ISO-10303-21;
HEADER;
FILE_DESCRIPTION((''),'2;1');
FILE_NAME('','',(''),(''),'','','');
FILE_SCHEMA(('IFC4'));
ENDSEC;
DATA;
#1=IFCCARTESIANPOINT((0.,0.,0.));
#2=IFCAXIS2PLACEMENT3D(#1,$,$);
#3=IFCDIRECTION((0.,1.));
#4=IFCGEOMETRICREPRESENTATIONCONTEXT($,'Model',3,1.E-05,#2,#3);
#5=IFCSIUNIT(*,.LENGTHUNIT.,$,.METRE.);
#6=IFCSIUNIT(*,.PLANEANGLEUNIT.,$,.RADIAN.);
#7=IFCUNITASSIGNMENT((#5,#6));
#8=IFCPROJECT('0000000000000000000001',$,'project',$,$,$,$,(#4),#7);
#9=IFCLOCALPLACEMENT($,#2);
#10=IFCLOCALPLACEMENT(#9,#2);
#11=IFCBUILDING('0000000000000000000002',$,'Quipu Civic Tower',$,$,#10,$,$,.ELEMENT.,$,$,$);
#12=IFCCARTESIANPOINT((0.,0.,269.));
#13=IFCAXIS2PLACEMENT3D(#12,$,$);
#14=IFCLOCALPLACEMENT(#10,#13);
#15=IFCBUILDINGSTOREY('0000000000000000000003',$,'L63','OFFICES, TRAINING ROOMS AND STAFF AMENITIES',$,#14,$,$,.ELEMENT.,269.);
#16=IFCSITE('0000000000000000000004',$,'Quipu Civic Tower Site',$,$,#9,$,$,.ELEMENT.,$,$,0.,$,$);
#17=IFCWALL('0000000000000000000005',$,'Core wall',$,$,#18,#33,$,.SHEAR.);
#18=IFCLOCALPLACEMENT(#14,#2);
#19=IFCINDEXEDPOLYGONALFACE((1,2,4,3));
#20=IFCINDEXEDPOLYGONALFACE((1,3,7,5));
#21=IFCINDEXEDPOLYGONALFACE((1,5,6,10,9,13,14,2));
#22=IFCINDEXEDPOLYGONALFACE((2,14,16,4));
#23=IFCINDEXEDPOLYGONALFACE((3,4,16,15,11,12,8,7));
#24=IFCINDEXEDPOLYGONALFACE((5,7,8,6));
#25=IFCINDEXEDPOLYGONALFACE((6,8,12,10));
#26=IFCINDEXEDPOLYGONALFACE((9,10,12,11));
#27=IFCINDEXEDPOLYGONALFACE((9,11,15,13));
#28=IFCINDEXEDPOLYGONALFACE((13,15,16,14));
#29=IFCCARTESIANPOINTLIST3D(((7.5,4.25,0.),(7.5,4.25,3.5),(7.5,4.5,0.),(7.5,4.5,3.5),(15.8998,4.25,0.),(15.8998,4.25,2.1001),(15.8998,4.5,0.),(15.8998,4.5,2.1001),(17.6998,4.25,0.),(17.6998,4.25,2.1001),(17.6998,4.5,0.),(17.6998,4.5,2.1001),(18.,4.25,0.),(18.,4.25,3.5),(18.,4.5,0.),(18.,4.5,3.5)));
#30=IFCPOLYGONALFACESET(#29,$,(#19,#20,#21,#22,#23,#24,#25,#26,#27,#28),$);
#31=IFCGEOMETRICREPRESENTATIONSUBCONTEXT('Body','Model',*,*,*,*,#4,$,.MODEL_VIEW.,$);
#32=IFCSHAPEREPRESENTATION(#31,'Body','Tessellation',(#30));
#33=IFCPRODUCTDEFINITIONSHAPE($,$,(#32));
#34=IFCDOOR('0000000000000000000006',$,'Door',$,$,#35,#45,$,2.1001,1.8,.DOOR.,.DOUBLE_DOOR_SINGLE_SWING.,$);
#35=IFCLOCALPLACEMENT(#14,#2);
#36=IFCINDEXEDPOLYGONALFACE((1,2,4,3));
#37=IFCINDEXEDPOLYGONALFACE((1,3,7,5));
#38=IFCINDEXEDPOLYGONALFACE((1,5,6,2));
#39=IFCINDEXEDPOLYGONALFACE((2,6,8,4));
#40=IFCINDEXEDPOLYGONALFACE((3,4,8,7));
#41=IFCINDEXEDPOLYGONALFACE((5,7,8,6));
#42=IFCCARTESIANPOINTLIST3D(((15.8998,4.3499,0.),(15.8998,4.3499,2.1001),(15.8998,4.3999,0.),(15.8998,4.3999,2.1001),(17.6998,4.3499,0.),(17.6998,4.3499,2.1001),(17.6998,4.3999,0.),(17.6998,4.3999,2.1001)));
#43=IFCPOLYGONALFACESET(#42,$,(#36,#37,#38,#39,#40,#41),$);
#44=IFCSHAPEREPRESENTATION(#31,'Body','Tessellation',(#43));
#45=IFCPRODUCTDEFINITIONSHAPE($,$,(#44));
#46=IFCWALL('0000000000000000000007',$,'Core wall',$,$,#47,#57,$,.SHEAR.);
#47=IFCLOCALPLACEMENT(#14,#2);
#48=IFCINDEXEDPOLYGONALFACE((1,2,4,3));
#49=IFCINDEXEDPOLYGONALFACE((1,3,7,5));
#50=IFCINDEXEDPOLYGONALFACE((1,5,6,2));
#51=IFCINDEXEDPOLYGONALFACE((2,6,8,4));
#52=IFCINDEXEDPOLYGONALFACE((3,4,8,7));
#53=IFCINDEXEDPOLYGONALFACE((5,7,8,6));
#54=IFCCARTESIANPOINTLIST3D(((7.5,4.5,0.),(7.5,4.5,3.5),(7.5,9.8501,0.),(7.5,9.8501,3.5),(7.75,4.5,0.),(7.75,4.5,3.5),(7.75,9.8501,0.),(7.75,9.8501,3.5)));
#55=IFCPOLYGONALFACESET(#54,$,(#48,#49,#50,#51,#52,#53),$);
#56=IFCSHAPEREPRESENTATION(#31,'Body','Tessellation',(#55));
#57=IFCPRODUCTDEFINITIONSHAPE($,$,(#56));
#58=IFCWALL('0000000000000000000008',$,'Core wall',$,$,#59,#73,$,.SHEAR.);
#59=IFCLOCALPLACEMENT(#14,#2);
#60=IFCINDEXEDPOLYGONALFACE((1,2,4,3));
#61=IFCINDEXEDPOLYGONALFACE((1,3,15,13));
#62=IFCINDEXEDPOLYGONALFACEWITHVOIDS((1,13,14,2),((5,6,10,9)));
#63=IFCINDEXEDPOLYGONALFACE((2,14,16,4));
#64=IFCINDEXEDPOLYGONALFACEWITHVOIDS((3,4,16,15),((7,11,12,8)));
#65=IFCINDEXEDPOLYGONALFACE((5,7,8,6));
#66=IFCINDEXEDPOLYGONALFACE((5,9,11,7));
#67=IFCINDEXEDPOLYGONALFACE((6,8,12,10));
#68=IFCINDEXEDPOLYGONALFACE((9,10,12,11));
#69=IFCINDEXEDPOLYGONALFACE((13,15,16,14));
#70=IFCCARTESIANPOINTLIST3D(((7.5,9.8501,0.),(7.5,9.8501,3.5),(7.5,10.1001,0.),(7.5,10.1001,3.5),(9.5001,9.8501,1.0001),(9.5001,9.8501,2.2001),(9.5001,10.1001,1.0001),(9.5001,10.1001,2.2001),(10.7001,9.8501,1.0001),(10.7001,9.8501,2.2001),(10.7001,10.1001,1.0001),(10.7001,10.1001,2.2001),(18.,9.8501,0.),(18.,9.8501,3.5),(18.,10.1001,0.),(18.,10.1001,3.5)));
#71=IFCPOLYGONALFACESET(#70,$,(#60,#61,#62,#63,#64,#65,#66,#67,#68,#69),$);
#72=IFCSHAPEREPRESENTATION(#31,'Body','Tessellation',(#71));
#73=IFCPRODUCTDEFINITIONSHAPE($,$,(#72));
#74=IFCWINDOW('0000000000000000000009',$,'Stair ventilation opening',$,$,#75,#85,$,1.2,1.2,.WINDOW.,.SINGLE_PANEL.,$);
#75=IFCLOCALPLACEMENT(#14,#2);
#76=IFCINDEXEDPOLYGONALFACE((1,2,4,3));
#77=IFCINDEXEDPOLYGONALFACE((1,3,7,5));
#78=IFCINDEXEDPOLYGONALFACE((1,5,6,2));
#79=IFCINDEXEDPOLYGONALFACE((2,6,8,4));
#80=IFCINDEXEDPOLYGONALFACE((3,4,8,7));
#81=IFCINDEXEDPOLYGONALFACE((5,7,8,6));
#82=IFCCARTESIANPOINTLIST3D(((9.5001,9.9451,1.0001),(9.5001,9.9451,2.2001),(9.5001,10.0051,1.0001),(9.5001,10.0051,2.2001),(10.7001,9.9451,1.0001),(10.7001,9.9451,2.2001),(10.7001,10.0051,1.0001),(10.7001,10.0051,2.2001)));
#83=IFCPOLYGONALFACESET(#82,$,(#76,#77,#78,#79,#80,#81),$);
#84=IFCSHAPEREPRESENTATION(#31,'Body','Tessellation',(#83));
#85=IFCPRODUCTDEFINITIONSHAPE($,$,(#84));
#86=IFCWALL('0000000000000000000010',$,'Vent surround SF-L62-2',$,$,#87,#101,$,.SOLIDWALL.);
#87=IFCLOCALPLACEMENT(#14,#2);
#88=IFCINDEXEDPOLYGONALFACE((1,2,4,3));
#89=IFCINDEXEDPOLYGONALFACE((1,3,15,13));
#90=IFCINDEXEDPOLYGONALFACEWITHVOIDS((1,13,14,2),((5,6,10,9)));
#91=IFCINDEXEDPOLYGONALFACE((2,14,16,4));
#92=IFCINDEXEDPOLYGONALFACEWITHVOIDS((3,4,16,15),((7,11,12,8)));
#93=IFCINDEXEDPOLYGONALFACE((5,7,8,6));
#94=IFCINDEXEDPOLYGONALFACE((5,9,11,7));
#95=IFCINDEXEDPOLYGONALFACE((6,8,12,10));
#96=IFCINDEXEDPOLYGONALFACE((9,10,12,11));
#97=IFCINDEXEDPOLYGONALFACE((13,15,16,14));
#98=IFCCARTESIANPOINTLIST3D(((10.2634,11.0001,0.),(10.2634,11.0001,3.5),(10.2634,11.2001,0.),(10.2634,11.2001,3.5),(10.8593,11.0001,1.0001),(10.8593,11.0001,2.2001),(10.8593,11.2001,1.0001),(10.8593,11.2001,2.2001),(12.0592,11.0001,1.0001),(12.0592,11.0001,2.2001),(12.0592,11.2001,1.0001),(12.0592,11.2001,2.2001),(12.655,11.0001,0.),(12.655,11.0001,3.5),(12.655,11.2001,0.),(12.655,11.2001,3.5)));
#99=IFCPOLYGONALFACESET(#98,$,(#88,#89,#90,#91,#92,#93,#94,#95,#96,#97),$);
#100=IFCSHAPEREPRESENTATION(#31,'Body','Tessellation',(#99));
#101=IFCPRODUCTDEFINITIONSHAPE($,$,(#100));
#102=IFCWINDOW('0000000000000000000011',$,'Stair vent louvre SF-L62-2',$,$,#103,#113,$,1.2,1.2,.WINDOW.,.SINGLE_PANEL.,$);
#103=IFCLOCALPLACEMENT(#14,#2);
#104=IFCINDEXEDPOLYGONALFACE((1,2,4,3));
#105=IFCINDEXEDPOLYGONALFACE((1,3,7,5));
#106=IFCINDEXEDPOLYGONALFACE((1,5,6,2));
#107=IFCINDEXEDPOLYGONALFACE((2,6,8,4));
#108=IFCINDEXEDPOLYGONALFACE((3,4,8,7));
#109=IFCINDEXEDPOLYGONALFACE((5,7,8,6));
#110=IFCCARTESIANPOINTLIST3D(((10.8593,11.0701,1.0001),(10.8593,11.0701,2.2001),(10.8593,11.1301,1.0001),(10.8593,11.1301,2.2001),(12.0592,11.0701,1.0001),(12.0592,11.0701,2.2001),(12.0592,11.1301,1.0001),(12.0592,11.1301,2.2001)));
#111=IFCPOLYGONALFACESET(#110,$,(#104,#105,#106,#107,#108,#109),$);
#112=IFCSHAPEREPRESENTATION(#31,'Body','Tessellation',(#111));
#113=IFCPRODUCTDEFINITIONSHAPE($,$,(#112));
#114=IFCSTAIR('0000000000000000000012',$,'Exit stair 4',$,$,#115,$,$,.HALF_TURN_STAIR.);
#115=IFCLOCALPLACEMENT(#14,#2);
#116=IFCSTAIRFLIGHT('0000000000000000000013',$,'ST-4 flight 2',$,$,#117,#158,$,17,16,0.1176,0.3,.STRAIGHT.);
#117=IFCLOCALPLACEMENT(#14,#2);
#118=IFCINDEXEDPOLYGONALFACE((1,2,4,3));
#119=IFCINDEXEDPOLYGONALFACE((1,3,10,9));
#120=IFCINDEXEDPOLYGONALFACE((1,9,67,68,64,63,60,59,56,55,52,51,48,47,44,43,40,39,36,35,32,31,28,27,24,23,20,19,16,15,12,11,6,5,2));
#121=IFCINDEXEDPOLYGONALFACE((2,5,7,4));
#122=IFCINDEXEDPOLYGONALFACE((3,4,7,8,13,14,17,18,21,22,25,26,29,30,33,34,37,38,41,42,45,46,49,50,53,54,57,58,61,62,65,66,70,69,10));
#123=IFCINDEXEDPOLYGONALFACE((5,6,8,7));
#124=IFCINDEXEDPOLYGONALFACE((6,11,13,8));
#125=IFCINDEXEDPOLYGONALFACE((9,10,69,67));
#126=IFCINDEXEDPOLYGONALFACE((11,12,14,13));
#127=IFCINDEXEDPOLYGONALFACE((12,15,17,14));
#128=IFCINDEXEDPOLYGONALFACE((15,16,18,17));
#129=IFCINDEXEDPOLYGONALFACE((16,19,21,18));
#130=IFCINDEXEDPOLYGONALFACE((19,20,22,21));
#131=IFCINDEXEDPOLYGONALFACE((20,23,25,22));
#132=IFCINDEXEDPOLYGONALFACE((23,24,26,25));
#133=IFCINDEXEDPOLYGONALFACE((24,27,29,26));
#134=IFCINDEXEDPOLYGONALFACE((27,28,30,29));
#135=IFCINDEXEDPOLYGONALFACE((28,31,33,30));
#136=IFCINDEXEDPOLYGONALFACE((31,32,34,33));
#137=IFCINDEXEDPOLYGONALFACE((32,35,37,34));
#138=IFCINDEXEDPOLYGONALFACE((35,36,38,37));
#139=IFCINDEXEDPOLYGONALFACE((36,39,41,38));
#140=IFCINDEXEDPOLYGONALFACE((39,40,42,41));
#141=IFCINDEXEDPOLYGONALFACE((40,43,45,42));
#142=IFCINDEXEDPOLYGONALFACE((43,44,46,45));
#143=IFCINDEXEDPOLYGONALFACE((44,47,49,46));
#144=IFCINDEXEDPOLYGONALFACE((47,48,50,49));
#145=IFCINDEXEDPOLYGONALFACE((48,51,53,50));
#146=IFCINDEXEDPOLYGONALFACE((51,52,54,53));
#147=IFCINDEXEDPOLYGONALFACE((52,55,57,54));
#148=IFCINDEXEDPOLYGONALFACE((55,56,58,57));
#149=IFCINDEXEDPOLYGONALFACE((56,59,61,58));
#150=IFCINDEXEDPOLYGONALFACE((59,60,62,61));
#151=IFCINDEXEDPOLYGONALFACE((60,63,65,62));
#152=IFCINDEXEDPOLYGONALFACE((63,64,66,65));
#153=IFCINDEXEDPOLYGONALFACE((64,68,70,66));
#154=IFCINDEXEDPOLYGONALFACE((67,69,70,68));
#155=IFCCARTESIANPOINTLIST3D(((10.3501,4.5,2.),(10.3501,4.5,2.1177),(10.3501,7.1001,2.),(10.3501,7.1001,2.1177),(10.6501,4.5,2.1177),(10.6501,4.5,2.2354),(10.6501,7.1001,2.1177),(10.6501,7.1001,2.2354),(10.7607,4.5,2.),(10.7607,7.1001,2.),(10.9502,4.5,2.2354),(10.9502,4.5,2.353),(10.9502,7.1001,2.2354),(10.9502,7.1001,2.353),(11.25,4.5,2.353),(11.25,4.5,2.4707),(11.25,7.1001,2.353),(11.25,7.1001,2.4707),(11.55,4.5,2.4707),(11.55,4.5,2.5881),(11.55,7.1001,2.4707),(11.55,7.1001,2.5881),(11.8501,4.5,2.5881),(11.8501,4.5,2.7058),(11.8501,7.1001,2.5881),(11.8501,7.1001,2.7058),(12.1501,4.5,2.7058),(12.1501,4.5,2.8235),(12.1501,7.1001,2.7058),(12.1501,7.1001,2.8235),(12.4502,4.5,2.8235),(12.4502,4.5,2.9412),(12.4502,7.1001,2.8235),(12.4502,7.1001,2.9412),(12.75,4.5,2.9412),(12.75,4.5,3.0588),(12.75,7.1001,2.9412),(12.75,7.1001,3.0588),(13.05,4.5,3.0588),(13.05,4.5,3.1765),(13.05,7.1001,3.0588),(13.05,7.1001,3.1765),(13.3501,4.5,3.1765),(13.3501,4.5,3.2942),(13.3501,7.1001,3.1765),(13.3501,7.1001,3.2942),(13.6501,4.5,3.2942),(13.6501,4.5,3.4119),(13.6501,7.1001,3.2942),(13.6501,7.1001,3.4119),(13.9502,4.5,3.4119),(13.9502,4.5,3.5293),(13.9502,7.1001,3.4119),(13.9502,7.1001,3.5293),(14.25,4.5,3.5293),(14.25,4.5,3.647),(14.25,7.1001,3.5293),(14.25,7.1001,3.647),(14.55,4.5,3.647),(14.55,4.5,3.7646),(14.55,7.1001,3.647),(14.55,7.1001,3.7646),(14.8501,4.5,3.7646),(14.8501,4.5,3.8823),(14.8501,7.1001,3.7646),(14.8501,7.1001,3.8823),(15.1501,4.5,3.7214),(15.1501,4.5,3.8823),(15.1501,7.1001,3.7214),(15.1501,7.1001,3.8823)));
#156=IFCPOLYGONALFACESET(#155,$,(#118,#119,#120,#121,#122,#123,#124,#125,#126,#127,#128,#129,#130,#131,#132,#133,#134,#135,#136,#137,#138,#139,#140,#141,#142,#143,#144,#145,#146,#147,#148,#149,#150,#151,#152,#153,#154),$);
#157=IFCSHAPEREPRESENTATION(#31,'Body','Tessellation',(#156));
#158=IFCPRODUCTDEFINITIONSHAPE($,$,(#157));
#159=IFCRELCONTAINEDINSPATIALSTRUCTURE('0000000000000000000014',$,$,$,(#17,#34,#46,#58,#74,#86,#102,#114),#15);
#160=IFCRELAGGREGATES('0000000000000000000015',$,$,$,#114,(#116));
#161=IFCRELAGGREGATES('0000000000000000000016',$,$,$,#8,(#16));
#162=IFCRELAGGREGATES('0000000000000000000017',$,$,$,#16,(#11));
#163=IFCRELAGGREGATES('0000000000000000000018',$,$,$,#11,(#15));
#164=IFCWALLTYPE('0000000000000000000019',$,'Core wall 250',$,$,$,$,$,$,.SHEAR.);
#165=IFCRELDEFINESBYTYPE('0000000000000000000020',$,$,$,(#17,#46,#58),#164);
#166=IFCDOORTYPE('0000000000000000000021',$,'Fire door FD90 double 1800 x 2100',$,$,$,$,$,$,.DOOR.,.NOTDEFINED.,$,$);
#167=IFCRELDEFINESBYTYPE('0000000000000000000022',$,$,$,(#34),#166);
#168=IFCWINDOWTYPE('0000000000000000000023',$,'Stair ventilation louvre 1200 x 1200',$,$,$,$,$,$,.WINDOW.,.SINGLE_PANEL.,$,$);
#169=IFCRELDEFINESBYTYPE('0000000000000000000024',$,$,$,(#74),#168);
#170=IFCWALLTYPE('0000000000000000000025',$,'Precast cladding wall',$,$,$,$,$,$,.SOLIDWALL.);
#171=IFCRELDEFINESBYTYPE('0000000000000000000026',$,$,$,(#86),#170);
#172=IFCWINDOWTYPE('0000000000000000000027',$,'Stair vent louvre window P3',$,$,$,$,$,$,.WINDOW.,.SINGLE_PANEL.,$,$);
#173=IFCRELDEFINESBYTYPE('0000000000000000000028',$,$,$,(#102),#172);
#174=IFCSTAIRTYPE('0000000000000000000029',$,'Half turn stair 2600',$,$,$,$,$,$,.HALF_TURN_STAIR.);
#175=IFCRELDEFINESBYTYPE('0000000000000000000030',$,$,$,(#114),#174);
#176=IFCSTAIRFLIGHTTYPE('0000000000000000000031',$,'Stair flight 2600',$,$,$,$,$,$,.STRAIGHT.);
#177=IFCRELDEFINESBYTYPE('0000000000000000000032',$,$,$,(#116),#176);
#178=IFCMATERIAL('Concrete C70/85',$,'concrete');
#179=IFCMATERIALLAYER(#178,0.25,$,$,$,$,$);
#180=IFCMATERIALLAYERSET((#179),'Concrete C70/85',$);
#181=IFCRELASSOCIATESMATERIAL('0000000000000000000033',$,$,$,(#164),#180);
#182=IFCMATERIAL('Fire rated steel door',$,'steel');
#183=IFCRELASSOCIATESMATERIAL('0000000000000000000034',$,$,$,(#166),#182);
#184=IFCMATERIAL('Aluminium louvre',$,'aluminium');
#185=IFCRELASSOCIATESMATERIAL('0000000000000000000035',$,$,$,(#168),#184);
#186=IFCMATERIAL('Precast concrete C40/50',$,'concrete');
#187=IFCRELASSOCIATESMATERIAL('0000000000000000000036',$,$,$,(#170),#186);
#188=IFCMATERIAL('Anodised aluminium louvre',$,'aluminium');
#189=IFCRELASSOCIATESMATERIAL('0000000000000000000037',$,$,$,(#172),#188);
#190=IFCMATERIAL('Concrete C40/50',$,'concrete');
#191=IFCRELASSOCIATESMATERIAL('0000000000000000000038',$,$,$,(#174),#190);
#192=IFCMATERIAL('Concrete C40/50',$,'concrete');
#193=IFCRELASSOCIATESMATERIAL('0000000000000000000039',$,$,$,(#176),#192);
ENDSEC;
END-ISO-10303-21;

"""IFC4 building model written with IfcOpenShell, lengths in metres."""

from ifc_helpers import new_model, si_unit, direction, frame, frame_2d, origin, place, context, subcontext, project, spatial, polyline, rectangle, outline, extrude, material, layer, layer_set, type_object, element, fill, aggregate, save


model = new_model("IFC4")

# Units and contexts
model_context = context("Model", 3, precision=1e-05, world=origin(), true_north=direction((0.0, 1.0)))
body_context = subcontext(model_context, "Body", "Model", "MODEL_VIEW")
ifc_project = project(units=[si_unit("LENGTHUNIT", "METRE"), si_unit("PLANEANGLEUNIT", "RADIAN")], contexts=[model_context])

# Site, building, storey
site_placement = place(None, origin())
site = spatial("IfcSite", under=ifc_project, at=site_placement, Name="Quipu Civic Tower Site", CompositionType="ELEMENT", RefElevation=0.0)
building_placement = place(site_placement, origin())
building = spatial("IfcBuilding", under=site, at=building_placement, Name="Quipu Civic Tower", CompositionType="ELEMENT")
storey_placement = place(building_placement, frame((0.0, 0.0, 269.0)))
storey = spatial("IfcBuildingStorey", under=building, at=storey_placement, Name="L63", Description="OFFICES, TRAINING ROOMS AND STAFF AMENITIES", CompositionType="ELEMENT", Elevation=269.0)

# Wall, opening, door
ifc_material_1 = material(Name="Concrete C70/85", Category="concrete")
ifc_layer_1 = layer(ifc_material_1, 0.25)
ifc_layer_set_1 = layer_set([ifc_layer_1], Name="Concrete C70/85")
wall_type_1 = type_object("IfcWallType", Name="Core wall 250", PredefinedType="SHEAR", material=ifc_layer_set_1)
wall_1_placement = place(storey_placement, frame((7.5, 4.375, 0.0), z_axis=(0.0, 0.0, 1.0), x_axis=(1.0, 0.0, 0.0)))
wall_1 = element("IfcWall", 1, at=wall_1_placement, inside=storey, type_object=wall_type_1, Name="Core wall", PredefinedType="SHEAR", context=body_context, shape_type="SweptSolid", body=[
    extrude(rectangle(XDim=10.5, YDim=0.25, at=frame_2d((5.25, 0.0))), origin(), (0.0, 0.0, 1.0), 3.5),
])
opening_1_placement = place(wall_1_placement, frame((8.3999, 0.0, 0.0)))
opening_1 = element("IfcOpeningElement", 2, at=opening_1_placement, cuts=wall_1, PredefinedType="OPENING", context=body_context, shape_type="SweptSolid", body=[
    extrude(rectangle(XDim=1.8, YDim=2.1001, at=frame_2d((0.8999, 1.05))), frame((0.0, 0.135, 0.0), z_axis=(0.0, -1.0, 0.0), x_axis=(1.0, 0.0, 0.0)), (0.0, 0.0, 1.0), 0.27),
])
ifc_material_2 = material(Name="Fire rated steel door", Category="steel")
door_type = type_object("IfcDoorType", Name="Fire door FD90 double 1800 x 2100", OperationType="NOTDEFINED", PredefinedType="DOOR", material=ifc_material_2)
door_placement = place(opening_1_placement, origin())
door = element("IfcDoor", 3, at=door_placement, inside=storey, type_object=door_type, Name="Door", OperationType="DOUBLE_DOOR_SINGLE_SWING", OverallHeight=2.1001, OverallWidth=1.8, PredefinedType="DOOR", context=body_context, shape_type="SweptSolid", body=[
    extrude(rectangle(XDim=1.8, YDim=2.1001, at=frame_2d((0.8999, 1.05))), frame((0.0, 0.0249, 0.0), z_axis=(0.0, -1.0, 0.0), x_axis=(1.0, 0.0, 0.0)), (0.0, 0.0, 1.0), 0.05),
])
fill(opening_1, door)

# Wall
wall_2_placement = place(storey_placement, frame((7.625, 4.5, 0.0), z_axis=(0.0, 0.0, 1.0), x_axis=(0.0, 1.0, 0.0)))
element("IfcWall", 4, at=wall_2_placement, inside=storey, type_object=wall_type_1, Name="Core wall", PredefinedType="SHEAR", context=body_context, shape_type="SweptSolid", body=[
    extrude(rectangle(XDim=5.3501, YDim=0.25, at=frame_2d((2.675, 0.0))), origin(), (0.0, 0.0, 1.0), 3.5),
])

# Walls, openings, windows
wall_3_placement = place(storey_placement, frame((7.5, 9.9751, 0.0), z_axis=(0.0, 0.0, 1.0), x_axis=(1.0, 0.0, 0.0)))
wall_3 = element("IfcWall", 5, at=wall_3_placement, inside=storey, type_object=wall_type_1, Name="Core wall", PredefinedType="SHEAR", context=body_context, shape_type="SweptSolid", body=[
    extrude(rectangle(XDim=10.5, YDim=0.25, at=frame_2d((5.25, 0.0))), origin(), (0.0, 0.0, 1.0), 3.5),
])
opening_2_placement = place(wall_3_placement, frame((2.0, 0.0, 1.0)))
opening_2 = element("IfcOpeningElement", 6, at=opening_2_placement, cuts=wall_3, PredefinedType="OPENING", context=body_context, shape_type="SweptSolid", body=[
    extrude(rectangle(XDim=1.2, YDim=1.2, at=frame_2d((0.6001, 0.6001))), frame((0.0, 0.135, 0.0), z_axis=(0.0, -1.0, 0.0), x_axis=(1.0, 0.0, 0.0)), (0.0, 0.0, 1.0), 0.27),
])
ifc_material_3 = material(Name="Aluminium louvre", Category="aluminium")
window_type_1 = type_object("IfcWindowType", Name="Stair ventilation louvre 1200 x 1200", PartitioningType="SINGLE_PANEL", PredefinedType="WINDOW", material=ifc_material_3)
window_1_placement = place(opening_2_placement, origin())
window_1 = element("IfcWindow", 7, at=window_1_placement, inside=storey, type_object=window_type_1, Name="Stair ventilation opening", OverallHeight=1.2, OverallWidth=1.2, PartitioningType="SINGLE_PANEL", PredefinedType="WINDOW", context=body_context, shape_type="SweptSolid", body=[
    extrude(rectangle(XDim=1.2, YDim=1.2, at=frame_2d((0.6001, 0.6001))), frame((0.0, 0.03, 0.0), z_axis=(0.0, -1.0, 0.0), x_axis=(1.0, 0.0, 0.0)), (0.0, 0.0, 1.0), 0.0601),
])
fill(opening_2, window_1)
ifc_material_4 = material(Name="Precast concrete C40/50", Category="concrete")
wall_type_2 = type_object("IfcWallType", Name="Precast cladding wall", PredefinedType="SOLIDWALL", material=ifc_material_4)
wall_4_placement = place(storey_placement, frame((12.655, 11.1001, 0.0), z_axis=(0.0, 0.0, 1.0), x_axis=(-1.0, 0.0, 0.0)))
wall_4 = element("IfcWall", 8, at=wall_4_placement, inside=storey, type_object=wall_type_2, Name="Vent surround SF-L62-2", PredefinedType="SOLIDWALL", context=body_context, shape_type="SweptSolid", body=[
    extrude(rectangle(XDim=2.3916, YDim=0.2, at=frame_2d((1.1958, 0.0))), origin(), (0.0, 0.0, 1.0), 3.5),
])
opening_3_placement = place(wall_4_placement, frame((0.5957, 0.0, 1.0)))
opening_3 = element("IfcOpeningElement", 9, at=opening_3_placement, cuts=wall_4, PredefinedType="OPENING", context=body_context, shape_type="SweptSolid", body=[
    extrude(rectangle(XDim=1.2, YDim=1.2, at=frame_2d((0.6001, 0.6001))), frame((0.0, 0.1099, 0.0), z_axis=(0.0, -1.0, 0.0), x_axis=(1.0, 0.0, 0.0)), (0.0, 0.0, 1.0), 0.22),
])
ifc_material_5 = material(Name="Anodised aluminium louvre", Category="aluminium")
window_type_2 = type_object("IfcWindowType", Name="Stair vent louvre window P3", PartitioningType="SINGLE_PANEL", PredefinedType="WINDOW", material=ifc_material_5)
window_2_placement = place(opening_3_placement, origin())
window_2 = element("IfcWindow", 10, at=window_2_placement, inside=storey, type_object=window_type_2, Name="Stair vent louvre SF-L62-2", OverallHeight=1.2, OverallWidth=1.2, PartitioningType="SINGLE_PANEL", PredefinedType="WINDOW", context=body_context, shape_type="SweptSolid", body=[
    extrude(rectangle(XDim=1.2, YDim=1.2, at=frame_2d((0.6001, 0.6001))), frame((0.0, 0.03, 0.0), z_axis=(0.0, -1.0, 0.0), x_axis=(1.0, 0.0, 0.0)), (0.0, 0.0, 1.0), 0.0601),
])
fill(opening_3, window_2)

# Stair, stair flight
ifc_material_6 = material(Name="Concrete C40/50", Category="concrete")
stair_type = type_object("IfcStairType", Name="Half turn stair 2600", PredefinedType="HALF_TURN_STAIR", material=ifc_material_6)
stair_placement = place(storey_placement, origin())
stair = element("IfcStair", 11, at=stair_placement, inside=storey, type_object=stair_type, Name="Exit stair 4", PredefinedType="HALF_TURN_STAIR")
ifc_material_7 = material(Name="Concrete C40/50", Category="concrete")
stair_flight_type = type_object("IfcStairFlightType", Name="Stair flight 2600", PredefinedType="STRAIGHT", material=ifc_material_7)
stair_flight_placement = place(storey_placement, frame((10.3501, 5.8, 2.0), z_axis=(0.0, 0.0, 1.0), x_axis=(1.0, 0.0, 0.0)))
stair_flight = element("IfcStairFlight", 12, at=stair_flight_placement, type_object=stair_flight_type, Name="ST-4 flight 2", NumberOfRisers=17, NumberOfTreads=16, PredefinedType="STRAIGHT", RiserHeight=0.1176, TreadLength=0.3, context=body_context, shape_type="SweptSolid", body=[
    extrude(outline(polyline([(0.0, 0.0), (0.0, 0.1177), (0.3, 0.1177), (0.3, 0.2354), (0.6001, 0.2354), (0.6001, 0.353), (0.8999, 0.353), (0.8999, 0.4707), (1.2, 0.4707), (1.2, 0.5881), (1.5, 0.5881), (1.5, 0.7058), (1.8, 0.7058), (1.8, 0.8235), (2.1001, 0.8235), (2.1001, 0.9412), (2.3999, 0.9412), (2.3999, 1.0588), (2.7, 1.0588), (2.7, 1.1765), (3.0, 1.1765), (3.0, 1.2942), (3.3, 1.2942), (3.3, 1.4119), (3.6001, 1.4119), (3.6001, 1.5293), (3.8999, 1.5293), (3.8999, 1.647), (4.2, 1.647), (4.2, 1.7646), (4.5, 1.7646), (4.5, 1.8823), (4.8, 1.8823), (4.8, 2.0), (4.8, 1.7214), (0.4106, 0.0), (0.0, 0.0)])), frame((0.0, 1.3, 0.0), z_axis=(0.0, -1.0, 0.0), x_axis=(1.0, 0.0, 0.0)), (0.0, 0.0, 1.0), 2.6001),
])
aggregate(stair, [stair_flight])

save(model, "model.ifc")
